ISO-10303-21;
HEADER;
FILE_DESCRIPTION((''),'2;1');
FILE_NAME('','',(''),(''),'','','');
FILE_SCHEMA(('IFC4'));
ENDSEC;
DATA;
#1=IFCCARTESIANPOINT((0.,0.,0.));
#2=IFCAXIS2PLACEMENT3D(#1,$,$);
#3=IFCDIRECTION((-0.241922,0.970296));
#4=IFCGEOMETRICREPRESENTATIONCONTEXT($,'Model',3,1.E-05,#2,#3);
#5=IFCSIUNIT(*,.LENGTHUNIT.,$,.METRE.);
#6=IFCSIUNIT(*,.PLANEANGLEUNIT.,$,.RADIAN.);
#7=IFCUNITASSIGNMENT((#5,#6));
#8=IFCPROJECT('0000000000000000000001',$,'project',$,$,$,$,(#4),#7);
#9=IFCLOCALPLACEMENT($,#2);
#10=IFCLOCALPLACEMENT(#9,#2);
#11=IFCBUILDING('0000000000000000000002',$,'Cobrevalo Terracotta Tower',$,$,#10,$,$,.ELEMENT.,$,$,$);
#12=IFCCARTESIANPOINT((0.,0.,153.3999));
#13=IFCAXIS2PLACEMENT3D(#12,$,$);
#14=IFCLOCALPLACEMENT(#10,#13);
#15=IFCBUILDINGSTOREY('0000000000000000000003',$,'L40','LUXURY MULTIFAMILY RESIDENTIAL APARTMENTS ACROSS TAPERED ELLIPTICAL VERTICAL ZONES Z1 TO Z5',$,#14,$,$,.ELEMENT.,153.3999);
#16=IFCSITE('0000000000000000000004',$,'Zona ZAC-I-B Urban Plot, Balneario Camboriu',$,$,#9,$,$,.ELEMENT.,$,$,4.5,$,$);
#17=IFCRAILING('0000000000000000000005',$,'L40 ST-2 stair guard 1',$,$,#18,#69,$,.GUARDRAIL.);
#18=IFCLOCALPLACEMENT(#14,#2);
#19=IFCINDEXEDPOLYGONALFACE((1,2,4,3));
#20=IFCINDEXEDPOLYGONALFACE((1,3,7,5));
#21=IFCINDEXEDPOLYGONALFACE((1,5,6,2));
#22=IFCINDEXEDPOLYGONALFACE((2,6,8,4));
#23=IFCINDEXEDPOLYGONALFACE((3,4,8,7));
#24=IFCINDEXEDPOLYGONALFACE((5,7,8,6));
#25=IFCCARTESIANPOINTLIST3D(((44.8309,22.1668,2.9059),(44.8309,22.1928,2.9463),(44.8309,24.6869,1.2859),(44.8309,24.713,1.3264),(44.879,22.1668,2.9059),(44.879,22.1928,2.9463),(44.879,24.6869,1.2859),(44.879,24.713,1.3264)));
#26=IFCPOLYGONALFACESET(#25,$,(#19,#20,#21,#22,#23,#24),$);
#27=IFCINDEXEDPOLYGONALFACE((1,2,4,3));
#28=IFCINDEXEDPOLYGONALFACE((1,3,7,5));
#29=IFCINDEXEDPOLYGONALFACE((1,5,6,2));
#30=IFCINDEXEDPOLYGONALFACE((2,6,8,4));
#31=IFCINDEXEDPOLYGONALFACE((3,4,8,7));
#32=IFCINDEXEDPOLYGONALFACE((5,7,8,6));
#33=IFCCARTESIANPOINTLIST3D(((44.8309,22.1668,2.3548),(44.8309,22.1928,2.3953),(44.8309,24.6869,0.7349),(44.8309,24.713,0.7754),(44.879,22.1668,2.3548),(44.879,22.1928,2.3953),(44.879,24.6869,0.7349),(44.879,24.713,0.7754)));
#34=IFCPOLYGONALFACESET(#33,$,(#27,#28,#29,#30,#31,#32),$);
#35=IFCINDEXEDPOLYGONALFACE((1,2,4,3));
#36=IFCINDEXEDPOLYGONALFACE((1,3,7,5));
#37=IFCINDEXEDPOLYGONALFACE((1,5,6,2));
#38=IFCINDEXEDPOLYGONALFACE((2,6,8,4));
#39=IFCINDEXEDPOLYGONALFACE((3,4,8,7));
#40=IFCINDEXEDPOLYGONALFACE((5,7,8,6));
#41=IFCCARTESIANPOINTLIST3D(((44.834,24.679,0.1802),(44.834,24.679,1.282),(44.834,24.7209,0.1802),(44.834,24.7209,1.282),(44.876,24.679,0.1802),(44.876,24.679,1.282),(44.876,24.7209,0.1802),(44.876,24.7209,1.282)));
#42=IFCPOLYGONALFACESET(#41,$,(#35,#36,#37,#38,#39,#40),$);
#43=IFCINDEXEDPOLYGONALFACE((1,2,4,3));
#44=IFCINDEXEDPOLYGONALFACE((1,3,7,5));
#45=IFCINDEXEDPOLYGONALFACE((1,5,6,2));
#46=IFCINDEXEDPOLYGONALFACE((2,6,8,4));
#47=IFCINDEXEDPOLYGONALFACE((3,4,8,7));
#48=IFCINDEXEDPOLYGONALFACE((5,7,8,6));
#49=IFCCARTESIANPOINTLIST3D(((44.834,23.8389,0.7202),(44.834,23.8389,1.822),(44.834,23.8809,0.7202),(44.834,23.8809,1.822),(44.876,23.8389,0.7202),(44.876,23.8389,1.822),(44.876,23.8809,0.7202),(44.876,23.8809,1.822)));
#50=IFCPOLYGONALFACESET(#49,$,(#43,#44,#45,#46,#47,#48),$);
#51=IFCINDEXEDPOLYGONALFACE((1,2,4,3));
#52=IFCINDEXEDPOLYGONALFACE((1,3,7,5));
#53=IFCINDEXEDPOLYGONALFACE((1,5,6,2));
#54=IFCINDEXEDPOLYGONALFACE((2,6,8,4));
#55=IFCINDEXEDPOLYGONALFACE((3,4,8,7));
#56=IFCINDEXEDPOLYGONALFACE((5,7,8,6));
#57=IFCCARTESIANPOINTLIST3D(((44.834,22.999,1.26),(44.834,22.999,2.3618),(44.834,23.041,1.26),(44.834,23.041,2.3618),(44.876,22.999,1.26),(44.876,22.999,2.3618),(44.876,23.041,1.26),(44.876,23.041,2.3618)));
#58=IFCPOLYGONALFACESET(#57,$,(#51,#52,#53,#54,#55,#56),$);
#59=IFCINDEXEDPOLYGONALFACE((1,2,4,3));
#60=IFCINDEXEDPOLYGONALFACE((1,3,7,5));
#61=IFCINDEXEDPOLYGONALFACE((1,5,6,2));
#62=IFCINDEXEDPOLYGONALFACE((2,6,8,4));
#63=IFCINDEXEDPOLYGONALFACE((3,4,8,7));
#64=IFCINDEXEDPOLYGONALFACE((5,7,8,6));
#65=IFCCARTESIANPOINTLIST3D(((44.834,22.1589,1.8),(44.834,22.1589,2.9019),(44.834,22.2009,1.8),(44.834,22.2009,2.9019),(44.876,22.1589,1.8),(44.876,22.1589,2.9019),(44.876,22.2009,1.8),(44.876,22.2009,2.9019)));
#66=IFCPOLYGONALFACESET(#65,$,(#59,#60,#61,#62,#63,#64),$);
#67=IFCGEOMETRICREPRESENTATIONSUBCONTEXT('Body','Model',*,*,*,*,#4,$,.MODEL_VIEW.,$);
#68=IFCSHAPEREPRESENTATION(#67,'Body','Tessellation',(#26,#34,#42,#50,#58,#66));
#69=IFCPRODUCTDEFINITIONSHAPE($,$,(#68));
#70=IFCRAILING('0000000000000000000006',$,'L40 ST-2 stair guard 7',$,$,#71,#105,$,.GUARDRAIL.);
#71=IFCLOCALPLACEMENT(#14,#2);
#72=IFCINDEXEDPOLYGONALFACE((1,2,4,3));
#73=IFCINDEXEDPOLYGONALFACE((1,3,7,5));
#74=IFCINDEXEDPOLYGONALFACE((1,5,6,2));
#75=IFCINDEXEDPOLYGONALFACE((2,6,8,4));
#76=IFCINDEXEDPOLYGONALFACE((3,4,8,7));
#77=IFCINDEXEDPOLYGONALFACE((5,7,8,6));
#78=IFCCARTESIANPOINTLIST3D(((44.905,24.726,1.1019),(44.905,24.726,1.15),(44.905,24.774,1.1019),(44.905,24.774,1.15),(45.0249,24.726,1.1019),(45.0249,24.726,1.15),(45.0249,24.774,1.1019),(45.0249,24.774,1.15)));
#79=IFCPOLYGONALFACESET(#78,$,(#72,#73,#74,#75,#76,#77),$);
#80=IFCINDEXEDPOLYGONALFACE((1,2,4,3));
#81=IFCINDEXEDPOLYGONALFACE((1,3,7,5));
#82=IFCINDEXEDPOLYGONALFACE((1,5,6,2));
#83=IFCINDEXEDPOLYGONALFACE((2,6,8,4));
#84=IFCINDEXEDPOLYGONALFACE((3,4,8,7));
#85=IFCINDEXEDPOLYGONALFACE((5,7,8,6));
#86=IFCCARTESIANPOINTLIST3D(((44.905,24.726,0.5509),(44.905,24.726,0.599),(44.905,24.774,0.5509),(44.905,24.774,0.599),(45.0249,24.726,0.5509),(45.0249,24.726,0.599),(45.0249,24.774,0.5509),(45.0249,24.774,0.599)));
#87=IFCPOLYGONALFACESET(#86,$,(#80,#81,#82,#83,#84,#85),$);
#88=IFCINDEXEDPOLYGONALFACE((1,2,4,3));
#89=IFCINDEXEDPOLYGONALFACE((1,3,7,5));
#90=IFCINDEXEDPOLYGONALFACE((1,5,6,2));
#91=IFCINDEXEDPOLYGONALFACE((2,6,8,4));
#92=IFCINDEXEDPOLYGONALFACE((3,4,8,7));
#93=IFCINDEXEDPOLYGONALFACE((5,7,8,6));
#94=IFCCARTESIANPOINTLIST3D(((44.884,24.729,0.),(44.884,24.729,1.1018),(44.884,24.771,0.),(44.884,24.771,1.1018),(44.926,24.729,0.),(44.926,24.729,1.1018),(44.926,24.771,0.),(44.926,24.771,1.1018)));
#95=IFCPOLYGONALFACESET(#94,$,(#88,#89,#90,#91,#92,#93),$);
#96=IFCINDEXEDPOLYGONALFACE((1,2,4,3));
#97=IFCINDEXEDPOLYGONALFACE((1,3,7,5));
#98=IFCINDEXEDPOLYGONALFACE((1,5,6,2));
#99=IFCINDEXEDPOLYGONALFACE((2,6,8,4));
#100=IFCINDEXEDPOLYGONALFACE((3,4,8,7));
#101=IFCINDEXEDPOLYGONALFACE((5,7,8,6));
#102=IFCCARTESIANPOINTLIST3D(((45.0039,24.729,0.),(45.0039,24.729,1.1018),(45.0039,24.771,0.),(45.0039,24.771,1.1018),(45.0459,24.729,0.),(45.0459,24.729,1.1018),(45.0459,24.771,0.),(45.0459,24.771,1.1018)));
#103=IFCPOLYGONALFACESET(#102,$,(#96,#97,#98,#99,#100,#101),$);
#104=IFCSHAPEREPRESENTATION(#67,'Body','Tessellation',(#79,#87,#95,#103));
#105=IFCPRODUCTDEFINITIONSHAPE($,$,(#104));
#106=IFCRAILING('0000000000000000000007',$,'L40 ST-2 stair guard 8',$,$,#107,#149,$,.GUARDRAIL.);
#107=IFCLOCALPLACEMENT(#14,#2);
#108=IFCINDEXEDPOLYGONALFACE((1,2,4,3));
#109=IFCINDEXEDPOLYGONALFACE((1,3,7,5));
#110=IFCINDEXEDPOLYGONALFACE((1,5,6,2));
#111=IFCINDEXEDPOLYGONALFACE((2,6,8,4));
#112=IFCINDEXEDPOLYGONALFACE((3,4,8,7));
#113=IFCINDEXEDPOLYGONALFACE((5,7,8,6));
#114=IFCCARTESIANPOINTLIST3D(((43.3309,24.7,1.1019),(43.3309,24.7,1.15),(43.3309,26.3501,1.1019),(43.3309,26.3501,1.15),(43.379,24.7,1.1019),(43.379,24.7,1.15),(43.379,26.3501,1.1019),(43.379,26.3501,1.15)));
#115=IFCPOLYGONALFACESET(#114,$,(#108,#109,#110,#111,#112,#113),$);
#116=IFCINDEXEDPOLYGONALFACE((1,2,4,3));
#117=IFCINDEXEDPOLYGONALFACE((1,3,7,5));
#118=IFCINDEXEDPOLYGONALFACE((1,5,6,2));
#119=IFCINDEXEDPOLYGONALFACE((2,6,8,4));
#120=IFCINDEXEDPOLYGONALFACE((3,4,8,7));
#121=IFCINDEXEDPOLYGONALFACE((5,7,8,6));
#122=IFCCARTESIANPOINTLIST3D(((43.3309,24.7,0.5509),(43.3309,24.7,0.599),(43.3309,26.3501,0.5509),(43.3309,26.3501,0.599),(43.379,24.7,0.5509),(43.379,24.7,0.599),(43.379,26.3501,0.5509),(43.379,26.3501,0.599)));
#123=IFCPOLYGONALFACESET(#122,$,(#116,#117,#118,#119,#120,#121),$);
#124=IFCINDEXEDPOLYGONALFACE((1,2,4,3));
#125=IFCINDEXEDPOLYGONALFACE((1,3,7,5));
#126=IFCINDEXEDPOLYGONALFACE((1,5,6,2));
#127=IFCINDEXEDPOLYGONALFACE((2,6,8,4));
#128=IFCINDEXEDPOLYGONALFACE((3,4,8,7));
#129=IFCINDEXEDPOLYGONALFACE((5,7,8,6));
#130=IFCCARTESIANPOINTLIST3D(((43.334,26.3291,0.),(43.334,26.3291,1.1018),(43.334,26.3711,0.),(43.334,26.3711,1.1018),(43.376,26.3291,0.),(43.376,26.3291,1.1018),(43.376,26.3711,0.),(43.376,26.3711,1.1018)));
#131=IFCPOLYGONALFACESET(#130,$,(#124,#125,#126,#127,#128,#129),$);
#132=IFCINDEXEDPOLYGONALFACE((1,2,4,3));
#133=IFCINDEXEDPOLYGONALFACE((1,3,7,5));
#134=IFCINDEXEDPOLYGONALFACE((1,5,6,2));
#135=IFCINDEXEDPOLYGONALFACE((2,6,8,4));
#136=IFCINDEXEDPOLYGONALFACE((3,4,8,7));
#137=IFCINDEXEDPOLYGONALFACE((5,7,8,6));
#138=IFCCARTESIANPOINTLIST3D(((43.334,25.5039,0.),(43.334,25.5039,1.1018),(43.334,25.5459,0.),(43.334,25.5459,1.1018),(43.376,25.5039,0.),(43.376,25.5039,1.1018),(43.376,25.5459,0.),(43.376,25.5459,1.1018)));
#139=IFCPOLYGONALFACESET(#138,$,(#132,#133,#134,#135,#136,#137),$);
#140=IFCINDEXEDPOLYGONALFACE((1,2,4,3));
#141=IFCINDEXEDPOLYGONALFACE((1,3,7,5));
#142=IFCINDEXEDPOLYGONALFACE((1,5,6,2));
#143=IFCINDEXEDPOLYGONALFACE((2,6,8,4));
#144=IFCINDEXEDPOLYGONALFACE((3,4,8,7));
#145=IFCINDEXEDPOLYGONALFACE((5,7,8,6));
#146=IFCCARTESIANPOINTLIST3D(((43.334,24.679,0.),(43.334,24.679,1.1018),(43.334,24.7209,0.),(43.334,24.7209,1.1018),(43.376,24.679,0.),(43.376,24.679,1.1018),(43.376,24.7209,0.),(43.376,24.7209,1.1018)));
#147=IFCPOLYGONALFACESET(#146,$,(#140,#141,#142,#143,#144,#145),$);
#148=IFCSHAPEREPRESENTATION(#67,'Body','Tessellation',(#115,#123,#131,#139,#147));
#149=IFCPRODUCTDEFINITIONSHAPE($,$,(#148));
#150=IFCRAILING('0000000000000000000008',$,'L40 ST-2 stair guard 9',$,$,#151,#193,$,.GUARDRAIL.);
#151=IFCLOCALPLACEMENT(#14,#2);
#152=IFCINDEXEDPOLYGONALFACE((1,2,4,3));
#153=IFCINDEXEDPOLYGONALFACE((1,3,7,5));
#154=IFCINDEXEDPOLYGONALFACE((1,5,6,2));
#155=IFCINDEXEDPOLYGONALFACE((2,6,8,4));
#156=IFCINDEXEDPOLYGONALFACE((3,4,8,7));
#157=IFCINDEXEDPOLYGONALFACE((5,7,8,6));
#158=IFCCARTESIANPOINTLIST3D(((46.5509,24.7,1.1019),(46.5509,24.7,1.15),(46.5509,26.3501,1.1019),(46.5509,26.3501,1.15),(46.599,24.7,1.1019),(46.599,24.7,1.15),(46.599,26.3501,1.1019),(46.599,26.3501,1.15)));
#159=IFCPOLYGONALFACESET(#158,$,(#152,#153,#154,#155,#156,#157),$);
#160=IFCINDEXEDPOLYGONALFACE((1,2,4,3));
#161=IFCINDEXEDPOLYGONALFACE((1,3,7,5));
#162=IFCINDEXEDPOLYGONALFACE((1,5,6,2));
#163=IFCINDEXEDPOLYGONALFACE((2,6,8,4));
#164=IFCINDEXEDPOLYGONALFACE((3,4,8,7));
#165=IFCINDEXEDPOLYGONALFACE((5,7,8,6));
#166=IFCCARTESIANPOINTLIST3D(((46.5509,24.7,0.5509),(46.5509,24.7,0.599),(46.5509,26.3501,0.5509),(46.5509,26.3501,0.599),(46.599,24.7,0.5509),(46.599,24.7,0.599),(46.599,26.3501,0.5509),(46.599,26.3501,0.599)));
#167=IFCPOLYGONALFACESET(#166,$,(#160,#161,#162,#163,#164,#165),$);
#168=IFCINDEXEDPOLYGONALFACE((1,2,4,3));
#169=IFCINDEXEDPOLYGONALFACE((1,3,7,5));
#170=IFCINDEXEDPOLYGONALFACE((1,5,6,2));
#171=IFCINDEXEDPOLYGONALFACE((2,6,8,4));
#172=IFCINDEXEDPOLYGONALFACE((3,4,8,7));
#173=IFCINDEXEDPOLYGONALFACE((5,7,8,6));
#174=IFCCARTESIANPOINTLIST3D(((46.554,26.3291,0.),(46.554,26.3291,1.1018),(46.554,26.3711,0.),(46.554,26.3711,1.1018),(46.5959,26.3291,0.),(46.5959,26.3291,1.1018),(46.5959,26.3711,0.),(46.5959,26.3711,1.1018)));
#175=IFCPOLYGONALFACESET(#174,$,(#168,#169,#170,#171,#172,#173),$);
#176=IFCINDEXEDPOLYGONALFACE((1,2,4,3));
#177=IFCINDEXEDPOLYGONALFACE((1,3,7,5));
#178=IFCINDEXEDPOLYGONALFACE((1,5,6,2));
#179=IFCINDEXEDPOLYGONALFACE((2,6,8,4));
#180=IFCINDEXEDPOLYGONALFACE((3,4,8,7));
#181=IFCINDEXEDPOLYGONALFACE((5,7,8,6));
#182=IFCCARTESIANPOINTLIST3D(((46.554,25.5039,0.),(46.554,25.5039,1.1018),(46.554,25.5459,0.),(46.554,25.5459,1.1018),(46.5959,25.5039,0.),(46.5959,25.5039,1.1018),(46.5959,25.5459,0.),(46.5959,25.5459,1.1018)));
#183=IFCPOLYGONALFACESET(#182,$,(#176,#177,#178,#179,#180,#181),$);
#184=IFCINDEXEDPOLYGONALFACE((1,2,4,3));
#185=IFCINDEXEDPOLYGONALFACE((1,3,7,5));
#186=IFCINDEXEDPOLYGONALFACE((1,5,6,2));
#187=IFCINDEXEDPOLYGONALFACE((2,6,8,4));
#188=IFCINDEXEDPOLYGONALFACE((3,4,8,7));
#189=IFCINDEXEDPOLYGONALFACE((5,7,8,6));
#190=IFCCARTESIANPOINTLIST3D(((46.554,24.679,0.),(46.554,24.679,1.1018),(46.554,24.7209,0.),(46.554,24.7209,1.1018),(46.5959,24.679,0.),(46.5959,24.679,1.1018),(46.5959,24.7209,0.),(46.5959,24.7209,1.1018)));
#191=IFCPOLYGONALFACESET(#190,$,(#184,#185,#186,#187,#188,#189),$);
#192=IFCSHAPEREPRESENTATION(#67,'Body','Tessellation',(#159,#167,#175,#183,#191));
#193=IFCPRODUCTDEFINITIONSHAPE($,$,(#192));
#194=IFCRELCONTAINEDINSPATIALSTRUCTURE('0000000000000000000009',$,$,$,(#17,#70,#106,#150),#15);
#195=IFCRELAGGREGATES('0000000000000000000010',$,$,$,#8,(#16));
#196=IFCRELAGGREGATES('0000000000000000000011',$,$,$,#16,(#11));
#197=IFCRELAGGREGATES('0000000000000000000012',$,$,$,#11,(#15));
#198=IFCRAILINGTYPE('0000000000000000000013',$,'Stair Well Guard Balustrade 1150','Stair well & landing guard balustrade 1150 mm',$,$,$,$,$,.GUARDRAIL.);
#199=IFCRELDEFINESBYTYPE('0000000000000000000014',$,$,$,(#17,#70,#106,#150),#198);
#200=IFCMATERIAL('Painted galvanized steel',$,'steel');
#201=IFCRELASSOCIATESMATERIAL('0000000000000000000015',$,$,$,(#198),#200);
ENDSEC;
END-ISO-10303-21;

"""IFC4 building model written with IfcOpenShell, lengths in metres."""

from ifc_helpers import new_model, si_unit, direction, frame, origin, origin_2d, place, context, subcontext, project, spatial, rectangle, extrude, material, type_object, element, save


model = new_model("IFC4")

# Units and contexts
model_context = context("Model", 3, precision=1e-05, world=origin(), true_north=direction((-0.241922, 0.970296)))
body_context = subcontext(model_context, "Body", "Model", "MODEL_VIEW")
ifc_project = project(units=[si_unit("LENGTHUNIT", "METRE"), si_unit("PLANEANGLEUNIT", "RADIAN")], contexts=[model_context])

# Site, building, storey
site_placement = place(None, origin())
site = spatial("IfcSite", under=ifc_project, at=site_placement, Name="Zona ZAC-I-B Urban Plot, Balneario Camboriu", CompositionType="ELEMENT", RefElevation=4.5)
building_placement = place(site_placement, origin())
building = spatial("IfcBuilding", under=site, at=building_placement, Name="Cobrevalo Terracotta Tower", CompositionType="ELEMENT")
storey_placement = place(building_placement, frame((0.0, 0.0, 153.3999)))
storey = spatial("IfcBuildingStorey", under=building, at=storey_placement, Name="L40", Description="LUXURY MULTIFAMILY RESIDENTIAL APARTMENTS ACROSS TAPERED ELLIPTICAL VERTICAL ZONES Z1 TO Z5", CompositionType="ELEMENT", Elevation=153.3999)

# Railings
ifc_material_1 = material(Name="Painted galvanized steel", Category="steel")
railing_type_1 = type_object("IfcRailingType", Name="Stair Well Guard Balustrade 1150", Description="Stair well & landing guard balustrade 1150 mm", PredefinedType="GUARDRAIL", material=ifc_material_1)
railing_1_placement = place(storey_placement, frame((44.855, 24.7, 0.1802)))
element("IfcRailing", 1, at=railing_1_placement, inside=storey, type_object=railing_type_1, Name="L40 ST-2 stair guard 1", PredefinedType="GUARDRAIL", context=body_context, shape_type="SweptSolid", body=[
    extrude(rectangle(XDim=0.0481, YDim=0.0481, at=origin_2d()), frame((0.0, 0.0, 1.126), z_axis=(0.0, -0.8412, 0.540725), x_axis=(1.0, 0.0, 0.0)), (0.0, 0.0, 1.0), 2.9958),
    extrude(rectangle(XDim=0.0481, YDim=0.0481, at=origin_2d()), frame((0.0, 0.0, 0.575), z_axis=(0.0, -0.8412, 0.540725), x_axis=(1.0, 0.0, 0.0)), (0.0, 0.0, 1.0), 2.9958),
    extrude(rectangle(XDim=0.042, YDim=0.042, at=origin_2d()), origin(), (0.0, 0.0, 1.0), 1.1018),
    extrude(rectangle(XDim=0.042, YDim=0.042, at=origin_2d()), frame((0.0, -0.8401, 0.54)), (0.0, 0.0, 1.0), 1.1018),
    extrude(rectangle(XDim=0.042, YDim=0.042, at=origin_2d()), frame((0.0, -1.6799, 1.0798)), (0.0, 0.0, 1.0), 1.1018),
    extrude(rectangle(XDim=0.042, YDim=0.042, at=origin_2d()), frame((0.0, -2.52, 1.6199)), (0.0, 0.0, 1.0), 1.1018),
])
railing_2_placement = place(storey_placement, frame((44.905, 24.75, 0.0)))
element("IfcRailing", 2, at=railing_2_placement, inside=storey, type_object=railing_type_1, Name="L40 ST-2 stair guard 7", PredefinedType="GUARDRAIL", context=body_context, shape_type="SweptSolid", body=[
    extrude(rectangle(XDim=0.0481, YDim=0.0481, at=origin_2d()), frame((0.0, 0.0, 1.126), z_axis=(1.0, 0.0, 0.0), x_axis=(0.0, 1.0, 0.0)), (0.0, 0.0, 1.0), 0.1199),
    extrude(rectangle(XDim=0.0481, YDim=0.0481, at=origin_2d()), frame((0.0, 0.0, 0.575), z_axis=(1.0, 0.0, 0.0), x_axis=(0.0, 1.0, 0.0)), (0.0, 0.0, 1.0), 0.1199),
    extrude(rectangle(XDim=0.042, YDim=0.042, at=origin_2d()), origin(), (0.0, 0.0, 1.0), 1.1018),
    extrude(rectangle(XDim=0.042, YDim=0.042, at=origin_2d()), frame((0.1199, 0.0, 0.0)), (0.0, 0.0, 1.0), 1.1018),
])
for number, where, name in (
    (3, (43.355, 26.3501, 0.0), "L40 ST-2 stair guard 8"),
    (4, (46.575, 26.3501, 0.0), "L40 ST-2 stair guard 9"),
):
    element("IfcRailing", number, at=place(storey_placement, frame(where)), inside=storey, type_object=railing_type_1, Name=name, PredefinedType="GUARDRAIL", context=body_context, shape_type="SweptSolid", body=[
        extrude(rectangle(XDim=0.0481, YDim=0.0481, at=origin_2d()), frame((0.0, 0.0, 1.126), z_axis=(0.0, -1.0, 0.0), x_axis=(1.0, 0.0, 0.0)), (0.0, 0.0, 1.0), 1.6501),
        extrude(rectangle(XDim=0.0481, YDim=0.0481, at=origin_2d()), frame((0.0, 0.0, 0.575), z_axis=(0.0, -1.0, 0.0), x_axis=(1.0, 0.0, 0.0)), (0.0, 0.0, 1.0), 1.6501),
        extrude(rectangle(XDim=0.042, YDim=0.042, at=origin_2d()), origin(), (0.0, 0.0, 1.0), 1.1018),
        extrude(rectangle(XDim=0.042, YDim=0.042, at=origin_2d()), frame((0.0, -0.8252, 0.0)), (0.0, 0.0, 1.0), 1.1018),
        extrude(rectangle(XDim=0.042, YDim=0.042, at=origin_2d()), frame((0.0, -1.6501, 0.0)), (0.0, 0.0, 1.0), 1.1018),
    ])

save(model, "model.ifc")
